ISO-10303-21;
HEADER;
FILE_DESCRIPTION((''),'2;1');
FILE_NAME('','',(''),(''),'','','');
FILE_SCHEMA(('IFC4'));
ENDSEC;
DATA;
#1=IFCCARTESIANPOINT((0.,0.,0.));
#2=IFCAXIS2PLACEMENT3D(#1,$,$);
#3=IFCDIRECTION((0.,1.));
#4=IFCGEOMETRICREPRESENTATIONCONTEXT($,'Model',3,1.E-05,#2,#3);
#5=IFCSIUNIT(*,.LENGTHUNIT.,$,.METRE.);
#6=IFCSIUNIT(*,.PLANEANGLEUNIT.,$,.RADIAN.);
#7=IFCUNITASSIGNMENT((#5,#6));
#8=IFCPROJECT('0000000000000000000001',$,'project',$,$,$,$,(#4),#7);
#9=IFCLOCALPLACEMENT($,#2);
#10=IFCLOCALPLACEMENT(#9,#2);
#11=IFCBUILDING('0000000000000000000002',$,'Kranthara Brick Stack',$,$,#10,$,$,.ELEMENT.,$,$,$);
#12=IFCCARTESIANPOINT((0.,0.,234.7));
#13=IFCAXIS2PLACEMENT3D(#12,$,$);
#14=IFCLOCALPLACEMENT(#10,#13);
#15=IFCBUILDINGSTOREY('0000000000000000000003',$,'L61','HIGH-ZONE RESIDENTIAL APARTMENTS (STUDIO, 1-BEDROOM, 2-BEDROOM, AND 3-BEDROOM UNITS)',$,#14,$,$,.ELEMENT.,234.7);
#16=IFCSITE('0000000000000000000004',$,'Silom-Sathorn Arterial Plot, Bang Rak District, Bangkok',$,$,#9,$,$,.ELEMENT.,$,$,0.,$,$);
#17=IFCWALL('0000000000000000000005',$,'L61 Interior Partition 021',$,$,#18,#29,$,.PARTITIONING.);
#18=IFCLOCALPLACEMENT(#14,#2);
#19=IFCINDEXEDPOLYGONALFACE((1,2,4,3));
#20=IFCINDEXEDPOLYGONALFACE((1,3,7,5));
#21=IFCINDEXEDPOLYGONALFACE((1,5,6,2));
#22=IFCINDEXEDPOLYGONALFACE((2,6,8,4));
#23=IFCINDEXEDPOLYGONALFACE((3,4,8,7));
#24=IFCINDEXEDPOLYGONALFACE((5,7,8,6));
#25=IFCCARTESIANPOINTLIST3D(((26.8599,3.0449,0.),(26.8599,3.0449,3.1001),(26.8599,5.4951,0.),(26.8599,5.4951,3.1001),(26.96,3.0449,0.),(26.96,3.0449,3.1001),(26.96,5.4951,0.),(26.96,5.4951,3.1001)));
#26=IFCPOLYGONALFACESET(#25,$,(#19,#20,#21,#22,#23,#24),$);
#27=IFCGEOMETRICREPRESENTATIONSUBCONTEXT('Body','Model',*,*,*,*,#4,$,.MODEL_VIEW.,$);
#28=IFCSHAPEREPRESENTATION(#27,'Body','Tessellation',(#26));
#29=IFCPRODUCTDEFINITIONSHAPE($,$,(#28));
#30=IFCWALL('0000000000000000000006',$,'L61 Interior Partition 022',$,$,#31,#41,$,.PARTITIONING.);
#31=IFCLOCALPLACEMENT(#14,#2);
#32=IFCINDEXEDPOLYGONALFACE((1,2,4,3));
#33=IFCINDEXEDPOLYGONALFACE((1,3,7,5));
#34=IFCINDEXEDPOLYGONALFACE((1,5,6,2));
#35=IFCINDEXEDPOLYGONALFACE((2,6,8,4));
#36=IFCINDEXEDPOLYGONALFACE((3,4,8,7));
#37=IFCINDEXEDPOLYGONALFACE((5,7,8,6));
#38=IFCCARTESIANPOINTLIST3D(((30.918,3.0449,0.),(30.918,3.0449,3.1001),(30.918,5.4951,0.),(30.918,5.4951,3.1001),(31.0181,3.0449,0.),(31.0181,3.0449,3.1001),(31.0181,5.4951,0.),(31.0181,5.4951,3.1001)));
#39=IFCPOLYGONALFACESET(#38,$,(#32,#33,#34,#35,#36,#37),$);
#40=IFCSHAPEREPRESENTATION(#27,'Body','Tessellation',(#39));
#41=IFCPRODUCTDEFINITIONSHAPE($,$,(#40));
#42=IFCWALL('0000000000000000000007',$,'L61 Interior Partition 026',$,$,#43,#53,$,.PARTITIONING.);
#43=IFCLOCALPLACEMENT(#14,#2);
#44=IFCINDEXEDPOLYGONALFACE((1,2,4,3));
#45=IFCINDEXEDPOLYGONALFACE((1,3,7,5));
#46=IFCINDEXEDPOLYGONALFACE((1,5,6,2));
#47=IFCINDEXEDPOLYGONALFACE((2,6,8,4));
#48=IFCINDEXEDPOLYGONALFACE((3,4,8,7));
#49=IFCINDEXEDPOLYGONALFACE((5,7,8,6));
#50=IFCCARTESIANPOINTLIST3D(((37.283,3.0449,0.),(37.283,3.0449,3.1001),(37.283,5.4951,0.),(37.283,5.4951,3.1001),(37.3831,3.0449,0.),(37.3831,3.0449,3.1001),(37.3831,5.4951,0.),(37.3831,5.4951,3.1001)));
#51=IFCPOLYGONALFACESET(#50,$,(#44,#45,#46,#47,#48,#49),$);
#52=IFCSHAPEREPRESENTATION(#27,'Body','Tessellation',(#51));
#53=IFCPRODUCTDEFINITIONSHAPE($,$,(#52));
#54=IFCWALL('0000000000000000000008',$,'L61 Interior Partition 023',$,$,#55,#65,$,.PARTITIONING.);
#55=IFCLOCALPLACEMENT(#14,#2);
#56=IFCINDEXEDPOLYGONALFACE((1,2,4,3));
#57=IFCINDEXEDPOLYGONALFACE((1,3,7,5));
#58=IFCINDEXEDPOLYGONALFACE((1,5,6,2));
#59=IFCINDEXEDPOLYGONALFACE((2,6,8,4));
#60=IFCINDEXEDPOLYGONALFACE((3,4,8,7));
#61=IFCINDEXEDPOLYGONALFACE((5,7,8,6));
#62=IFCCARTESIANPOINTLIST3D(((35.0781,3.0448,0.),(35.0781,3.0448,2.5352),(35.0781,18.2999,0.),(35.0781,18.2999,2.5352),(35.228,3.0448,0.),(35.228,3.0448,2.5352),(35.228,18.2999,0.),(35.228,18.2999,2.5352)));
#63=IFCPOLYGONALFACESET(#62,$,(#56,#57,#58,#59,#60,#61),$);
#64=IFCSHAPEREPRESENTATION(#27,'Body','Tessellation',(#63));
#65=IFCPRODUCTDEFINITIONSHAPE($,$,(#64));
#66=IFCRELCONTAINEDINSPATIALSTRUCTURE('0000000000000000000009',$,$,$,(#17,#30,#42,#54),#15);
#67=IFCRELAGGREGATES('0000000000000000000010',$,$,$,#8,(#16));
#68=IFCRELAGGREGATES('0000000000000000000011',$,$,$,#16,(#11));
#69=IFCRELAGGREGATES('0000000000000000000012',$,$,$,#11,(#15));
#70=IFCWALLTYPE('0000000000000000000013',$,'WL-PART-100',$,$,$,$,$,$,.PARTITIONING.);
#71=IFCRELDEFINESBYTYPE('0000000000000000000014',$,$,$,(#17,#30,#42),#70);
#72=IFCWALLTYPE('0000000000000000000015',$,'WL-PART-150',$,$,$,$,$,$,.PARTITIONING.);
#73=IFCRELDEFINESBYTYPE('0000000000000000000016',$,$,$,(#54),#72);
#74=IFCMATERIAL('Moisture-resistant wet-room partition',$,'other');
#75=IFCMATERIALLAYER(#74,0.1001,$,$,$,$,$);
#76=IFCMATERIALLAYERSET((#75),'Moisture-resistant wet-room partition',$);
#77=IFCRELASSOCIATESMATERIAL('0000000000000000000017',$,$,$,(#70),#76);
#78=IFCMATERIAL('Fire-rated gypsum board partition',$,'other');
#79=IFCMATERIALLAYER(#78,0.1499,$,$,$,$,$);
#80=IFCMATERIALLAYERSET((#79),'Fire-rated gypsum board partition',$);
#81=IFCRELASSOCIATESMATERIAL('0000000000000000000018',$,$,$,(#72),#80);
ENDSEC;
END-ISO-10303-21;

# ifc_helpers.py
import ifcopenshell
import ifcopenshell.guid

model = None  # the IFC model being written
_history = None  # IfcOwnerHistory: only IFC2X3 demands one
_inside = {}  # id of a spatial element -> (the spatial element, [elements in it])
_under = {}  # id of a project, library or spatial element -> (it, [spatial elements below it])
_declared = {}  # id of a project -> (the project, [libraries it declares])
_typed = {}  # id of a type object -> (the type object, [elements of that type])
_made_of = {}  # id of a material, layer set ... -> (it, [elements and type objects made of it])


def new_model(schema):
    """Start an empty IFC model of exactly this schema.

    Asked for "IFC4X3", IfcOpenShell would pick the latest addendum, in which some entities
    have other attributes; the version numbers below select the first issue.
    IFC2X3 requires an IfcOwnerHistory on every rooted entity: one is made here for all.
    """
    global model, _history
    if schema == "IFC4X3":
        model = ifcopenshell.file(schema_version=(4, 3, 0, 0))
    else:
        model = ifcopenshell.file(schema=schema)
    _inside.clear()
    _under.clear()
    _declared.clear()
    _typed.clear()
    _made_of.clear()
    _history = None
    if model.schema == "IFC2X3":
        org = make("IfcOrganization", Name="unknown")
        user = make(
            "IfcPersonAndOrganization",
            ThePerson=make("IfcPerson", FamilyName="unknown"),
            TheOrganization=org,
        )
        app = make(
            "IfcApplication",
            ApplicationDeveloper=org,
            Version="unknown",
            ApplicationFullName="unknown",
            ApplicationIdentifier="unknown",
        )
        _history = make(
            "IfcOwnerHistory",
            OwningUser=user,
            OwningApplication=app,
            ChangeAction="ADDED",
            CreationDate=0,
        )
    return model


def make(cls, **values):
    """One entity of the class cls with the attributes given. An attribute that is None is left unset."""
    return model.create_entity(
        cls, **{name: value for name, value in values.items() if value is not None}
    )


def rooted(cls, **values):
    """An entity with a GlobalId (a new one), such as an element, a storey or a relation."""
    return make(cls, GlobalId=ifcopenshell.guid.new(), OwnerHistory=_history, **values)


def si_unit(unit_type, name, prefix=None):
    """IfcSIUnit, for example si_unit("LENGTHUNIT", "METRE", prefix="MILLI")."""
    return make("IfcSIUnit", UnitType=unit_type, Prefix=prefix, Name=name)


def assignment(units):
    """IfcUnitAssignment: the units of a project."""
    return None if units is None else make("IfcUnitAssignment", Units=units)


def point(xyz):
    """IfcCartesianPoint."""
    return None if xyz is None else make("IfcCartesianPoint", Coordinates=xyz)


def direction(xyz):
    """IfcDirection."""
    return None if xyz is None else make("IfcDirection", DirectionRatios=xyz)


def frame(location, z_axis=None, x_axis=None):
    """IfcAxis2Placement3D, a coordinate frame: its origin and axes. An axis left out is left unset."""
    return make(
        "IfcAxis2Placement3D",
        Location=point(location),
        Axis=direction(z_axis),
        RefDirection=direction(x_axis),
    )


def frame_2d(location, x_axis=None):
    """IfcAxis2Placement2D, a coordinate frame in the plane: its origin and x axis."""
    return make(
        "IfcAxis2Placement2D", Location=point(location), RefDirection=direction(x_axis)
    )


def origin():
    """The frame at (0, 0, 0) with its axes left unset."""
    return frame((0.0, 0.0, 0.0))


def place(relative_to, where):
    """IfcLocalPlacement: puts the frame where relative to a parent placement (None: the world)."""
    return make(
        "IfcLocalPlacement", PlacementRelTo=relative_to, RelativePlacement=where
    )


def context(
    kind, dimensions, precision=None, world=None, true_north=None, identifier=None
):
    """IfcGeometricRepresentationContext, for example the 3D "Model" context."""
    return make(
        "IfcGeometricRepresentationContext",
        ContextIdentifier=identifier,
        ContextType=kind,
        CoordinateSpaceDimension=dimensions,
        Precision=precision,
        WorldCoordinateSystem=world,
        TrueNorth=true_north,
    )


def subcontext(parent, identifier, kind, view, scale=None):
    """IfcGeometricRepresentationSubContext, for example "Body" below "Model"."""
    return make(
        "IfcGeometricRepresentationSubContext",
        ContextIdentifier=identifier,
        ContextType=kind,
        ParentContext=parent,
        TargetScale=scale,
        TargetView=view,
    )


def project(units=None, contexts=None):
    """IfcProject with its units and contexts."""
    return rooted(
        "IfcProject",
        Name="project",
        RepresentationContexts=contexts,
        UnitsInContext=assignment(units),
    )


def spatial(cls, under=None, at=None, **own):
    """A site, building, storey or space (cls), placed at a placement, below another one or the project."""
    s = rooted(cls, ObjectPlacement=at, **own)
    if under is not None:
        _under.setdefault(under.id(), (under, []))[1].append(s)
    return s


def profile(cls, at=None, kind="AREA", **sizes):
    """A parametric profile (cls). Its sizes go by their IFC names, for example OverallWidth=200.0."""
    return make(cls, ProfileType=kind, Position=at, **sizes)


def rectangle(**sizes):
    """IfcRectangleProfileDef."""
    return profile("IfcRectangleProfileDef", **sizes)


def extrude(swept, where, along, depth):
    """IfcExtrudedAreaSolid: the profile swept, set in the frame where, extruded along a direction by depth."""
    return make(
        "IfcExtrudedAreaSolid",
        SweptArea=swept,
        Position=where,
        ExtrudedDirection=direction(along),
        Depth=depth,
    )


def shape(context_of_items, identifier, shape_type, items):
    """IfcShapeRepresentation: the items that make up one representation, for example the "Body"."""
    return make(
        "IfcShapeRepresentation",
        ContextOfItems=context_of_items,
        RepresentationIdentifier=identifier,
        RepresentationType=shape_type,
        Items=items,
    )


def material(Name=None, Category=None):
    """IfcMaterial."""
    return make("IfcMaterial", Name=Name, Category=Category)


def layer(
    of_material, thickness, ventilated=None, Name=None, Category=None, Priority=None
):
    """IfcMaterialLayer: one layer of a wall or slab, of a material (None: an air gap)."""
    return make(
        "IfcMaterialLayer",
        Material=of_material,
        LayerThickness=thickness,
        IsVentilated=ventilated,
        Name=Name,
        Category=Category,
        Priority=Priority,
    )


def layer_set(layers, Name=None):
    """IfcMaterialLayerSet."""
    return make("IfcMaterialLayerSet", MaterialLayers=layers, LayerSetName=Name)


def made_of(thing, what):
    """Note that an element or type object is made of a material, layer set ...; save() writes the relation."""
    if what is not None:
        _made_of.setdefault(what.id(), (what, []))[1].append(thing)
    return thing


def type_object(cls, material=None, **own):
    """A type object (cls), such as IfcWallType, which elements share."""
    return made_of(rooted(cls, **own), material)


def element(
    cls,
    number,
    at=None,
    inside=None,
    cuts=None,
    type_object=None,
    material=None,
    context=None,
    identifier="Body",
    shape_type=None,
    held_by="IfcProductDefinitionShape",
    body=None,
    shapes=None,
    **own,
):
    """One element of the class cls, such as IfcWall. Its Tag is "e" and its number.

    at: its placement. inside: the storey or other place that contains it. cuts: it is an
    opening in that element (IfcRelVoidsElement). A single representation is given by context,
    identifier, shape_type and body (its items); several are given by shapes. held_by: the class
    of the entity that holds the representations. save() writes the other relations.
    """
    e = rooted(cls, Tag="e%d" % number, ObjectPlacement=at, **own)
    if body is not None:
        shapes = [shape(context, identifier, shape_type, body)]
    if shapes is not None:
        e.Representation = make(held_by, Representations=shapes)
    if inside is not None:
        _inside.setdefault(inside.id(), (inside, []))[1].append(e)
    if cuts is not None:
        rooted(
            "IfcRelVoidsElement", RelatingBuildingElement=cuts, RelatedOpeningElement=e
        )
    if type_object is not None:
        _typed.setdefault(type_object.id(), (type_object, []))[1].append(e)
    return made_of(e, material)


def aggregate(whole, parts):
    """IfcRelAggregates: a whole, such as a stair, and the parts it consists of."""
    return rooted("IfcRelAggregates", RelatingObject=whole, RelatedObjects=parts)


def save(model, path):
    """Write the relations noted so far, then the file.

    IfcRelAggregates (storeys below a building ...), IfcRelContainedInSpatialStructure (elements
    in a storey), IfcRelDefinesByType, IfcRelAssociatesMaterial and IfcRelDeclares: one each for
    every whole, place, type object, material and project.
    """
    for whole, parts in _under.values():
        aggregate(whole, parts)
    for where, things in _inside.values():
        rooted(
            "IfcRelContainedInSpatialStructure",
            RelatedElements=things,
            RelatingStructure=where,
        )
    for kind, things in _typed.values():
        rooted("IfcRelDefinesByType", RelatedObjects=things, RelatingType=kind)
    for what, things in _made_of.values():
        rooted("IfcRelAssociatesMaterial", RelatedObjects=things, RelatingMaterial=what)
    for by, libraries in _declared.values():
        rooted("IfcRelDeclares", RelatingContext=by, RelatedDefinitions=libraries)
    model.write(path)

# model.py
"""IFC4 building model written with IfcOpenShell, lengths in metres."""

from ifc_helpers import new_model, si_unit, direction, frame, frame_2d, origin, place, context, subcontext, project, spatial, rectangle, extrude, material, layer, layer_set, type_object, element, save


model = new_model("IFC4")

# Units and contexts
model_context = context("Model", 3, precision=1e-05, world=origin(), true_north=direction((0.0, 1.0)))
body_context = subcontext(model_context, "Body", "Model", "MODEL_VIEW")
ifc_project = project(units=[si_unit("LENGTHUNIT", "METRE"), si_unit("PLANEANGLEUNIT", "RADIAN")], contexts=[model_context])

# Site, building, storey
site_placement = place(None, origin())
site = spatial("IfcSite", under=ifc_project, at=site_placement, Name="Silom-Sathorn Arterial Plot, Bang Rak District, Bangkok", CompositionType="ELEMENT", RefElevation=0.0)
building_placement = place(site_placement, origin())
building = spatial("IfcBuilding", under=site, at=building_placement, Name="Kranthara Brick Stack", CompositionType="ELEMENT")
storey_placement = place(building_placement, frame((0.0, 0.0, 234.7)))
storey = spatial("IfcBuildingStorey", under=building, at=storey_placement, Name="L61", Description="HIGH-ZONE RESIDENTIAL APARTMENTS (STUDIO, 1-BEDROOM, 2-BEDROOM, AND 3-BEDROOM UNITS)", CompositionType="ELEMENT", Elevation=234.7)

# Walls
ifc_material_1 = material(Name="Moisture-resistant wet-room partition", Category="other")
ifc_layer_1 = layer(ifc_material_1, 0.1001)
ifc_layer_set_1 = layer_set([ifc_layer_1], Name="Moisture-resistant wet-room partition")
wall_type_1 = type_object("IfcWallType", Name="WL-PART-100", PredefinedType="PARTITIONING", material=ifc_layer_set_1)
for number, where, z_axis, x_axis, name in (
    (1, (26.9099, 3.0449, 0.0), (0.0, 0.0, 1.0), (0.0, 1.0, 0.0), "L61 Interior Partition 021"),
    (2, (30.968, 3.0449, 0.0), (0.0, 0.0, 1.0), (0.0, 1.0, 0.0), "L61 Interior Partition 022"),
    (3, (37.333, 3.0449, 0.0), (0.0, 0.0, 1.0), (0.0, 1.0, 0.0), "L61 Interior Partition 026"),
):
    element("IfcWall", number, at=place(storey_placement, frame(where, z_axis=z_axis, x_axis=x_axis)), inside=storey, type_object=wall_type_1, Name=name, PredefinedType="PARTITIONING", context=body_context, shape_type="SweptSolid", body=[
        extrude(rectangle(XDim=2.4502, YDim=0.1001, at=frame_2d((1.2251, 0.0))), origin(), (0.0, 0.0, 1.0), 3.1001),
    ])
ifc_material_2 = material(Name="Fire-rated gypsum board partition", Category="other")
ifc_layer_2 = layer(ifc_material_2, 0.1499)
ifc_layer_set_2 = layer_set([ifc_layer_2], Name="Fire-rated gypsum board partition")
wall_type_2 = type_object("IfcWallType", Name="WL-PART-150", PredefinedType="PARTITIONING", material=ifc_layer_set_2)
wall_placement = place(storey_placement, frame((35.1531, 3.0449, 0.0), z_axis=(0.0, 0.0, 1.0), x_axis=(0.0, 1.0, 0.0)))
element("IfcWall", 4, at=wall_placement, inside=storey, type_object=wall_type_2, Name="L61 Interior Partition 023", PredefinedType="PARTITIONING", context=body_context, shape_type="SweptSolid", body=[
    extrude(rectangle(XDim=15.2551, YDim=0.1499, at=frame_2d((7.6274, 0.0))), origin(), (0.0, 0.0, 1.0), 2.5352),
])

save(model, "model.ifc")
